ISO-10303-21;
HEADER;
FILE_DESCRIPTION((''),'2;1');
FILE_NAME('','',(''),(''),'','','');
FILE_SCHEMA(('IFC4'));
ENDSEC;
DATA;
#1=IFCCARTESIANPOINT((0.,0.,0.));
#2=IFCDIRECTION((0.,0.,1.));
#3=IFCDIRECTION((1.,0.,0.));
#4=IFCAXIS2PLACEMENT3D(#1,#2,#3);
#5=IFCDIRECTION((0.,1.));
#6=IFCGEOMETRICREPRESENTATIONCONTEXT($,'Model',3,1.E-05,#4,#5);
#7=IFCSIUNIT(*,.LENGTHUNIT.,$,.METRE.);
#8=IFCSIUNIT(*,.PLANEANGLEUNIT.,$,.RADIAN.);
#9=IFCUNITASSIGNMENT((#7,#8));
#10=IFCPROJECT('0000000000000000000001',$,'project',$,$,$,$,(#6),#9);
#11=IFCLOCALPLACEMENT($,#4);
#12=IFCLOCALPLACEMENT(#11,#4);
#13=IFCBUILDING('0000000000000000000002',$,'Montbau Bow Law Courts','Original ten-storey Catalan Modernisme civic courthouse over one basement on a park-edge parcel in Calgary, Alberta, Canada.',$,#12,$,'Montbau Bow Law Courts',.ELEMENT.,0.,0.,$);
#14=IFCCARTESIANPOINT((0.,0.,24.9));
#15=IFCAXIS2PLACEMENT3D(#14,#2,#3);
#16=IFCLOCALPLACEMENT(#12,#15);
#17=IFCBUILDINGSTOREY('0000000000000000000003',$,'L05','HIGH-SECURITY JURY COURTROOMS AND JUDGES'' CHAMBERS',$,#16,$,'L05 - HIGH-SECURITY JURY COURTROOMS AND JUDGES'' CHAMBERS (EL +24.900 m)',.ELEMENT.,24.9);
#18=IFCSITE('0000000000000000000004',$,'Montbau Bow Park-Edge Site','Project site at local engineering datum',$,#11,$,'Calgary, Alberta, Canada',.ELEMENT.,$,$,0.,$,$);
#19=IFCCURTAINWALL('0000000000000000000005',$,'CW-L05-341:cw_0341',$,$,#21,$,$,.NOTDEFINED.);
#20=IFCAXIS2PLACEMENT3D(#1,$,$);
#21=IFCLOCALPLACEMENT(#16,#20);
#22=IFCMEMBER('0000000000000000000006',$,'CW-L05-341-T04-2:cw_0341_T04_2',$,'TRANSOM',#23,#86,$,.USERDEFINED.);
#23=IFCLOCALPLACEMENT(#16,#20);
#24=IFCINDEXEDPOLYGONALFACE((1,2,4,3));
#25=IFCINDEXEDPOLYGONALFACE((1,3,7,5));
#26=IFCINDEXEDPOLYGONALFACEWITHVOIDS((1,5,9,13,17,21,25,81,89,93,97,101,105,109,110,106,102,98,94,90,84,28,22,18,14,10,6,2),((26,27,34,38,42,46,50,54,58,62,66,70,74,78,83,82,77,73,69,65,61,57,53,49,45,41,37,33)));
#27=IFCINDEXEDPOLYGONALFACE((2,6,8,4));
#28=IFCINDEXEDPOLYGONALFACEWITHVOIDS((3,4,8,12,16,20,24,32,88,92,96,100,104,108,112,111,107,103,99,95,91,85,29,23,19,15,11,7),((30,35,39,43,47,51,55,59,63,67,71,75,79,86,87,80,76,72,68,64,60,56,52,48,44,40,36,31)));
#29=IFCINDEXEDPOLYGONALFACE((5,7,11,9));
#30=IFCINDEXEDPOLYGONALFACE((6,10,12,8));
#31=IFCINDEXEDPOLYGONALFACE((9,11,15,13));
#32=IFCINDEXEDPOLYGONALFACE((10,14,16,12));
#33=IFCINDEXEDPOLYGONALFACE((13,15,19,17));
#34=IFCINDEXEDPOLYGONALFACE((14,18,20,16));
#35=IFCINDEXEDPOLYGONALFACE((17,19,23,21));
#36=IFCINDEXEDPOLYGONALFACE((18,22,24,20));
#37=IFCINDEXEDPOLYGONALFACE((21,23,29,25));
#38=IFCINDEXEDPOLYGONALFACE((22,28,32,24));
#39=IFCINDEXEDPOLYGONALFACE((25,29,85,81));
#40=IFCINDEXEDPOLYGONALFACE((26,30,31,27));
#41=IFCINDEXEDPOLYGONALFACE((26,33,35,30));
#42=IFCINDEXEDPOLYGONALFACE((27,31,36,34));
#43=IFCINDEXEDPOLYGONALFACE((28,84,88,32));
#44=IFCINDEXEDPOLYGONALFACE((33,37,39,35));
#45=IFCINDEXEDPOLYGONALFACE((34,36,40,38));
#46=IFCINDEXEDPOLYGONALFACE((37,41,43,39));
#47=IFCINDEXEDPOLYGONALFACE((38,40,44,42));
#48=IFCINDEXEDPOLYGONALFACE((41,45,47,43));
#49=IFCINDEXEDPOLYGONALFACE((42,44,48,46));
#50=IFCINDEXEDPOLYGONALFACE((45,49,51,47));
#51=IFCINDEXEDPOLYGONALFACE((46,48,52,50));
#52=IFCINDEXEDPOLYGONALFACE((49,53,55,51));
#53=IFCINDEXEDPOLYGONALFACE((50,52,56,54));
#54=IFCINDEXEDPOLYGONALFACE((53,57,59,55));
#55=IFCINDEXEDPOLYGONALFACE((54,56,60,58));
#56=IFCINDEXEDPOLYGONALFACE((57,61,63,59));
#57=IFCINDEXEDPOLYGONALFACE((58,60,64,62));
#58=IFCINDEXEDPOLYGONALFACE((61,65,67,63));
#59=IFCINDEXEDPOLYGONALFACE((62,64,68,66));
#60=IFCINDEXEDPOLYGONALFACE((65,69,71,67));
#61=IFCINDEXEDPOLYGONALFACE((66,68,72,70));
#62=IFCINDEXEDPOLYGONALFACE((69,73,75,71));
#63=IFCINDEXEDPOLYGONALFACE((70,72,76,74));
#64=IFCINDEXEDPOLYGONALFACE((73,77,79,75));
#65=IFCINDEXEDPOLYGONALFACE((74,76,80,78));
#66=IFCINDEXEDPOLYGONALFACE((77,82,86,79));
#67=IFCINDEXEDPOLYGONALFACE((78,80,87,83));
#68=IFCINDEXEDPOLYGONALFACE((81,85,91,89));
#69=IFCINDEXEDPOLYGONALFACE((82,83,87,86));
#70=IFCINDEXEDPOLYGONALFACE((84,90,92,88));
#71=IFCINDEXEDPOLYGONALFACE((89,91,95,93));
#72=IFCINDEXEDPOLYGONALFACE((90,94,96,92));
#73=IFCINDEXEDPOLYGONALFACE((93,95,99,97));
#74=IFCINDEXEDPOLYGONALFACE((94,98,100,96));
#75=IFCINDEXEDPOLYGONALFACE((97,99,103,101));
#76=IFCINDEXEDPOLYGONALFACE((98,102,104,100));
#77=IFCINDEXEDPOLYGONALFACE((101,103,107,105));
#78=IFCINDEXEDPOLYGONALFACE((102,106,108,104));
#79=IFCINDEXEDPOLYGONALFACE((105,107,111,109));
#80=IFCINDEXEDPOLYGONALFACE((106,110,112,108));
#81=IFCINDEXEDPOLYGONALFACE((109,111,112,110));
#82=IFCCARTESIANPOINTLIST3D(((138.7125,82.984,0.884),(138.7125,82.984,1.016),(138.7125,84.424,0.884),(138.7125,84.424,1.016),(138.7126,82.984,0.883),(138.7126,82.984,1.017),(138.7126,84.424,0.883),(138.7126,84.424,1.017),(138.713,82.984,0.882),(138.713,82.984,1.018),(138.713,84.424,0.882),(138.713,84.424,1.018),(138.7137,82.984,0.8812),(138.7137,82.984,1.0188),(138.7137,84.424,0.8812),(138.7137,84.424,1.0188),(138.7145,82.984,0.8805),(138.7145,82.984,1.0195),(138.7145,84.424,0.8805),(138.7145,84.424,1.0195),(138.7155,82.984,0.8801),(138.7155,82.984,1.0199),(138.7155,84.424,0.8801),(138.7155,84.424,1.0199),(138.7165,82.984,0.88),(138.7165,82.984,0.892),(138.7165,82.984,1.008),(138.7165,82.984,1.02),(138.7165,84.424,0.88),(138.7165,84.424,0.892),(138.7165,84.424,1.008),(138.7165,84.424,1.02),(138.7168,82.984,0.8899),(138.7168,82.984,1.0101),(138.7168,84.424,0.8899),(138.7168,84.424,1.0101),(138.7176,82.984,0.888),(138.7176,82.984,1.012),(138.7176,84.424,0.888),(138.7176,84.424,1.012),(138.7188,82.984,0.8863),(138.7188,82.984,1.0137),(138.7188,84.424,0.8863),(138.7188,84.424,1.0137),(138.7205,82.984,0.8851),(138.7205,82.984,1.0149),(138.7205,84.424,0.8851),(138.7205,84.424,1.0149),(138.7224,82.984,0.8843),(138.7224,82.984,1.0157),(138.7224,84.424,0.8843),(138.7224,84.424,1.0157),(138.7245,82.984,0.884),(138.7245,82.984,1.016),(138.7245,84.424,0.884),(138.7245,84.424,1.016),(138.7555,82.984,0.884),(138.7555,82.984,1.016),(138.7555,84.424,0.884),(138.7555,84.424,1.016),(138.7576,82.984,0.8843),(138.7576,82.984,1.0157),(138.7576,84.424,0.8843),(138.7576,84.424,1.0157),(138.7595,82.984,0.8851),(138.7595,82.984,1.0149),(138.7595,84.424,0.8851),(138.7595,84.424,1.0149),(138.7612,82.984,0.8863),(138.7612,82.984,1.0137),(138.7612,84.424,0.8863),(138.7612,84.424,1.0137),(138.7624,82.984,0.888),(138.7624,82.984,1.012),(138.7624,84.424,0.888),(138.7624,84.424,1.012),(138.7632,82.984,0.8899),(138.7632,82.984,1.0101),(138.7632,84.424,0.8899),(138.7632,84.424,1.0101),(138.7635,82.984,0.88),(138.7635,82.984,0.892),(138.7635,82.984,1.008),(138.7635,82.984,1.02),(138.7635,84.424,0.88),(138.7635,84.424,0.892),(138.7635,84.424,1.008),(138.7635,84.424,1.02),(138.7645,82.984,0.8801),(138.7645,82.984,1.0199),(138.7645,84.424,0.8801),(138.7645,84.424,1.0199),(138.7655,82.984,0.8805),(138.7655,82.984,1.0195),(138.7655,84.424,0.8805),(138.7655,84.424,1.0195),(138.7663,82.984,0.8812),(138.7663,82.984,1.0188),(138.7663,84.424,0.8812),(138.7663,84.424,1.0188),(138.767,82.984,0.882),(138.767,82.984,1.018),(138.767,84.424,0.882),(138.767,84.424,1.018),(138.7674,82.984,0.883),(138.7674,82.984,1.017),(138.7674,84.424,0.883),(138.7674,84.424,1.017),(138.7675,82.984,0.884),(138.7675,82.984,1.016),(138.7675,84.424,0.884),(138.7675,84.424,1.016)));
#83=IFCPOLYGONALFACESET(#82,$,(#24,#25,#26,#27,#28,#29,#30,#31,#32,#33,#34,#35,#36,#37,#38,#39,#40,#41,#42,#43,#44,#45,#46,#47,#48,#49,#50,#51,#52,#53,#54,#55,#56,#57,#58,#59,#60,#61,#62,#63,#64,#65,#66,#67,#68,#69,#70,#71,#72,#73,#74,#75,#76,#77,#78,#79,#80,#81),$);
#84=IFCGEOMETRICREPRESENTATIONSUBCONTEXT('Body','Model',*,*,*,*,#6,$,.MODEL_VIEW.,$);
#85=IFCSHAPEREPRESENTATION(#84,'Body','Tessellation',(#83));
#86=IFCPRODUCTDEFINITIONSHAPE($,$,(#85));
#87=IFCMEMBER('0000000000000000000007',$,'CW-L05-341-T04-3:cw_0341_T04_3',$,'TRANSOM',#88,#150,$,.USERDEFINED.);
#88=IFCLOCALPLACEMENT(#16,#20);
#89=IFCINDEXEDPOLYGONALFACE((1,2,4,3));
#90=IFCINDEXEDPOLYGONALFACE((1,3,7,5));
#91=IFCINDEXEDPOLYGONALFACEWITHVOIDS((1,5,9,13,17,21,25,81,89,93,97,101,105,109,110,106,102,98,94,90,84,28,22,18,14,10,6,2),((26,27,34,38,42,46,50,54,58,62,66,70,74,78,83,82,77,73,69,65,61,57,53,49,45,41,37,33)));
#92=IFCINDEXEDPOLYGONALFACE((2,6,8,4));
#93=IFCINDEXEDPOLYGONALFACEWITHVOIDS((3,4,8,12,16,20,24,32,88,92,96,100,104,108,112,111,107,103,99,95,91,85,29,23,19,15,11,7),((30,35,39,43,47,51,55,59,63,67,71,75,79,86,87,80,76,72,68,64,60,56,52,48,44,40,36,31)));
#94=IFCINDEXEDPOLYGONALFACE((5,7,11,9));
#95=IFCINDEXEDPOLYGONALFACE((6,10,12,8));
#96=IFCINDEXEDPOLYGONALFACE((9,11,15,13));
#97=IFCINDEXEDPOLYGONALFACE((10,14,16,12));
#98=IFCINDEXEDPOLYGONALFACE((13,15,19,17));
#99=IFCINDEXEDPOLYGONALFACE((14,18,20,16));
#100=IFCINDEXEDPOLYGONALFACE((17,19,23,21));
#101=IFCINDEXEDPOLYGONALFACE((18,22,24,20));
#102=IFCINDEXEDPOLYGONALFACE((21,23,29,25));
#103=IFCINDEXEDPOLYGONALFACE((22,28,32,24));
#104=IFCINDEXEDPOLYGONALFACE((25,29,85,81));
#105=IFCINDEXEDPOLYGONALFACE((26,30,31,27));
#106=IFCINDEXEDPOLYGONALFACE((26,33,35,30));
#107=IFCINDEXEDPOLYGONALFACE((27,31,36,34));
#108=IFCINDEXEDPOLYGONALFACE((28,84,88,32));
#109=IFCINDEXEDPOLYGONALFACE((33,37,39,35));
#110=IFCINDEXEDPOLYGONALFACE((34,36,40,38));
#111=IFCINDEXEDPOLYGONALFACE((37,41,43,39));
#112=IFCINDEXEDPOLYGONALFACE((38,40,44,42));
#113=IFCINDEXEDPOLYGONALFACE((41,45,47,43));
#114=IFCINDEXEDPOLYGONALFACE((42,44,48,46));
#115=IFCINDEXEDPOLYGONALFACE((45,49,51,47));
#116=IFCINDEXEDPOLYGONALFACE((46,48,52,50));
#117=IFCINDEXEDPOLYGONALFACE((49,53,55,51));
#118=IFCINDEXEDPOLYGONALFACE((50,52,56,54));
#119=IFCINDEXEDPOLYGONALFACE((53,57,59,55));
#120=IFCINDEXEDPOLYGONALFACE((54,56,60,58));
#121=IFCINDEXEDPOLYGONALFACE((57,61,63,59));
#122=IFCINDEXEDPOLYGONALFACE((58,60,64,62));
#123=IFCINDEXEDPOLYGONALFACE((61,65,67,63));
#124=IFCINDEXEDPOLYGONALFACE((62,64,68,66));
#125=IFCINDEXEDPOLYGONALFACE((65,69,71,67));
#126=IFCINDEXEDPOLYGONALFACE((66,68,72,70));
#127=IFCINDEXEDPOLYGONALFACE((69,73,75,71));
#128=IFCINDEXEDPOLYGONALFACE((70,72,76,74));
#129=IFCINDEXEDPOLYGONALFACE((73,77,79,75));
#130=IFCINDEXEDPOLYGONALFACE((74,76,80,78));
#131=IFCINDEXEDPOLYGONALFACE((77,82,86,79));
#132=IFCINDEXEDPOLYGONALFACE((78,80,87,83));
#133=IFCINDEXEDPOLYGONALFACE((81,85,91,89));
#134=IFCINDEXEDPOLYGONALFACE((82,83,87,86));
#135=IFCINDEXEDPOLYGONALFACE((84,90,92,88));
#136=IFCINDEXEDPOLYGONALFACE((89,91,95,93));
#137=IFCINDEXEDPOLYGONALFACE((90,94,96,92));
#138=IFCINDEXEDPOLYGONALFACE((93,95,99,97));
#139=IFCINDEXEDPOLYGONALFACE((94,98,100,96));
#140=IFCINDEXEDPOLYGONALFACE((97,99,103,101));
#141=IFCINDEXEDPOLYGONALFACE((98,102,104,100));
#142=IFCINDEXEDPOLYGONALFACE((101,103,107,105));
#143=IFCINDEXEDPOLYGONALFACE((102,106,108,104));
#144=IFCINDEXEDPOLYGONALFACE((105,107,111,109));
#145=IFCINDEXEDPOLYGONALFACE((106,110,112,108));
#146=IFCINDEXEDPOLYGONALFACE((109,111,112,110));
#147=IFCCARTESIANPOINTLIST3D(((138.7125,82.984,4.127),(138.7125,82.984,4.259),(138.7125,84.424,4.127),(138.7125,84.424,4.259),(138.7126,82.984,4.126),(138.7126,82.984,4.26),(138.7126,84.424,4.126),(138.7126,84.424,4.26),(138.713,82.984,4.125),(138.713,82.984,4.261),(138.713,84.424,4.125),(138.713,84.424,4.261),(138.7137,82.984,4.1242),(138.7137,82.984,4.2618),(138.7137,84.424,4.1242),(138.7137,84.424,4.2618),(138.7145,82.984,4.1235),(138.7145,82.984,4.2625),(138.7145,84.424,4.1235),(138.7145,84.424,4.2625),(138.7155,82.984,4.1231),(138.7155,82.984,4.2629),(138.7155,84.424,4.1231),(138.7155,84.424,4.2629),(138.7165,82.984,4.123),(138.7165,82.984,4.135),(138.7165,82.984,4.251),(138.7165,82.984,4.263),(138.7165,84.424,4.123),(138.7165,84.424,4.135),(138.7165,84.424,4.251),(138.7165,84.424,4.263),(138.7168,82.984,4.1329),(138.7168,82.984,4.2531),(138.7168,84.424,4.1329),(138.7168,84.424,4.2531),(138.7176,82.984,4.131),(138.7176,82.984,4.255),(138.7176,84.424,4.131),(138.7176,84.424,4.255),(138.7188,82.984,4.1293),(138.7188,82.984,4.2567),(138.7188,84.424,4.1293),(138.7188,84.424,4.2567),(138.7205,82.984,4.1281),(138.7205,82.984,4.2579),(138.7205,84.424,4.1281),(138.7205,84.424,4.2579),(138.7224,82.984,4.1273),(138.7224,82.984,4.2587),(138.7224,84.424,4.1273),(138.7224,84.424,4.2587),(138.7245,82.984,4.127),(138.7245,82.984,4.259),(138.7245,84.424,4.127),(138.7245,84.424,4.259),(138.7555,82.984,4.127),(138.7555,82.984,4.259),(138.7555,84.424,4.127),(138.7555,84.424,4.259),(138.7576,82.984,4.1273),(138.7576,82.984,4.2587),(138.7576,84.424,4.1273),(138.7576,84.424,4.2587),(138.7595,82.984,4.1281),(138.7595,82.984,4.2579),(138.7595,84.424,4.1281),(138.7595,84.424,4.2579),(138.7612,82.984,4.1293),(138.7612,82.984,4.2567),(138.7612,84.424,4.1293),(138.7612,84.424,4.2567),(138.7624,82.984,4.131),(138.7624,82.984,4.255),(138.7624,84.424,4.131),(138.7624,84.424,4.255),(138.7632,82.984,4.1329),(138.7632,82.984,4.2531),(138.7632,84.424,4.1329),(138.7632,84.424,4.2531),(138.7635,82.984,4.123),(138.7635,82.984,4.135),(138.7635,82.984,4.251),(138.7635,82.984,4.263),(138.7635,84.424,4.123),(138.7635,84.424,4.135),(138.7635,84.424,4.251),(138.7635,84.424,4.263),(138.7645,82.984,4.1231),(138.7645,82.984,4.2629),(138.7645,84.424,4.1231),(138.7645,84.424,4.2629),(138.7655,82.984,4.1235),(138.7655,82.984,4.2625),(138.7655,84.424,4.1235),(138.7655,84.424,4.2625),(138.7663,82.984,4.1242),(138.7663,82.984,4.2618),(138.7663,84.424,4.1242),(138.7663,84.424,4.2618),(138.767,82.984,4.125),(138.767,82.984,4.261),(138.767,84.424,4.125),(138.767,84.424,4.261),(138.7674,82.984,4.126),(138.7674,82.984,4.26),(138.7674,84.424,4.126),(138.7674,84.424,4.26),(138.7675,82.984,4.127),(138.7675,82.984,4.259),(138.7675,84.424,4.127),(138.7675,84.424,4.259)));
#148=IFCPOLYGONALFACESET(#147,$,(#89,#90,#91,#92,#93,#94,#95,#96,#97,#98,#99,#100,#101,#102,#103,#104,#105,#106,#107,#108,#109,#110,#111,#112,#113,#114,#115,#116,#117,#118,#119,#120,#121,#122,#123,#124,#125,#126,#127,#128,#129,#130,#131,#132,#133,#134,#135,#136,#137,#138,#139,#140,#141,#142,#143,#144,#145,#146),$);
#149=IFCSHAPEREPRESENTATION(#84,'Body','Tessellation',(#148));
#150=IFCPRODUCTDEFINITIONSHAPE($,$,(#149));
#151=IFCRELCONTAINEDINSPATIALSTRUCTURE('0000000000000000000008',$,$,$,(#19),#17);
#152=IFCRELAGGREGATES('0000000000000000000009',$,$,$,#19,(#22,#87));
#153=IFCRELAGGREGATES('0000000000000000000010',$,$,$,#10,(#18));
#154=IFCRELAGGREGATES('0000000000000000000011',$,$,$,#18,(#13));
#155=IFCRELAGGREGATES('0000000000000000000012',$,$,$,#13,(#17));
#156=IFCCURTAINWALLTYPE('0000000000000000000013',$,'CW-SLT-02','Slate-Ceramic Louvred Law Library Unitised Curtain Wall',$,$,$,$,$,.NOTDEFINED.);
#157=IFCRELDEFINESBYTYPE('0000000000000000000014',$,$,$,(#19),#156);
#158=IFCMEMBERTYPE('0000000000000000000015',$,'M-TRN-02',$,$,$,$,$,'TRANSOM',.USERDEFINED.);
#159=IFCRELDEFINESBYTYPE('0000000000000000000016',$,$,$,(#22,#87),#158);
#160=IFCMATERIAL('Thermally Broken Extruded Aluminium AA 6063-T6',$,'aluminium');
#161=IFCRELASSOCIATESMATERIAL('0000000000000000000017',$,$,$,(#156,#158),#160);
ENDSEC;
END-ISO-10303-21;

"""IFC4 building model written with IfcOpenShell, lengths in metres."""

from ifc_helpers import new_model, si_unit, direction, frame, origin_with_axes, origin_2d_with_axis, place, context, subcontext, project, spatial, hollow_rectangle, extrude, material, material_profile, profile_set, type_object, element, aggregate, save


model = new_model("IFC4")

# Units and contexts
model_context = context("Model", 3, precision=1e-05, world=origin_with_axes(), true_north=direction((0.0, 1.0)))
body_context = subcontext(model_context, "Body", "Model", "MODEL_VIEW")
ifc_project = project(units=[si_unit("LENGTHUNIT", "METRE"), si_unit("PLANEANGLEUNIT", "RADIAN")], contexts=[model_context])

# Site, building, storey
site_placement = place(None, origin_with_axes())
site = spatial("IfcSite", under=ifc_project, at=site_placement, Name="Montbau Bow Park-Edge Site", Description="Project site at local engineering datum", LongName="Calgary, Alberta, Canada", CompositionType="ELEMENT", RefElevation=0.0)
building_placement = place(site_placement, origin_with_axes())
building = spatial("IfcBuilding", under=site, at=building_placement, Name="Montbau Bow Law Courts", Description="Original ten-storey Catalan Modernisme civic courthouse over one basement on a park-edge parcel in Calgary, Alberta, Canada.", LongName="Montbau Bow Law Courts", CompositionType="ELEMENT", ElevationOfRefHeight=0.0, ElevationOfTerrain=0.0)
storey_placement = place(building_placement, frame((0.0, 0.0, 24.9), z_axis=(0.0, 0.0, 1.0), x_axis=(1.0, 0.0, 0.0)))
storey = spatial("IfcBuildingStorey", under=building, at=storey_placement, Name="L05", Description="HIGH-SECURITY JURY COURTROOMS AND JUDGES' CHAMBERS", LongName="L05 - HIGH-SECURITY JURY COURTROOMS AND JUDGES' CHAMBERS (EL +24.900 m)", CompositionType="ELEMENT", Elevation=24.9)

# Curtain wall, members
ifc_material_1 = material(Name="Thermally Broken Extruded Aluminium AA 6063-T6", Category="aluminium")
curtain_wall_type = type_object("IfcCurtainWallType", Name="CW-SLT-02", Description="Slate-Ceramic Louvred Law Library Unitised Curtain Wall", PredefinedType="NOTDEFINED", material=ifc_material_1)
curtain_wall_placement = place(None, frame((138.74, 78.44, 24.9), z_axis=(0.0, 0.0, 1.0), x_axis=(1.0, 0.0, 0.0)))
curtain_wall = element("IfcCurtainWall", 1, at=curtain_wall_placement, inside=storey, type_object=curtain_wall_type, Name="CW-L05-341:cw_0341", PredefinedType="NOTDEFINED")
ifc_material_profile_1 = material_profile(ifc_material_1, hollow_rectangle(XDim=0.055, YDim=0.14, WallThickness=0.004, InnerFilletRadius=0.008, OuterFilletRadius=0.004, at=origin_2d_with_axis()), Name="CWT-140X55", Category="Main", Priority=0)
ifc_profile_set_1 = profile_set([ifc_material_profile_1], Name="Thermally Broken Extruded Aluminium AA 6063-T6")
member_type_1 = type_object("IfcMemberType", Name="M-TRN-02", ElementType="TRANSOM", PredefinedType="USERDEFINED", material=ifc_profile_set_1)
member_1_placement = place(None, frame((138.74, 82.984, 25.85), z_axis=(0.0, 1.0, 0.0), x_axis=(-1.0, 0.0, 0.0)))
member_1 = element("IfcMember", 2, at=member_1_placement, type_object=member_type_1, Name="CW-L05-341-T04-2:cw_0341_T04_2", ObjectType="TRANSOM", PredefinedType="USERDEFINED", context=body_context, shape_type="SweptSolid", body=[
    extrude(hollow_rectangle(XDim=0.055, YDim=0.14, WallThickness=0.004, InnerFilletRadius=0.008, OuterFilletRadius=0.004, at=origin_2d_with_axis()), origin_with_axes(), (0.0, 0.0, 1.0), 1.44),
])
member_2_placement = place(None, frame((138.74, 82.984, 29.093), z_axis=(0.0, 1.0, 0.0), x_axis=(-1.0, 0.0, 0.0)))
member_2 = element("IfcMember", 3, at=member_2_placement, type_object=member_type_1, Name="CW-L05-341-T04-3:cw_0341_T04_3", ObjectType="TRANSOM", PredefinedType="USERDEFINED", context=body_context, shape_type="SweptSolid", body=[
    extrude(hollow_rectangle(XDim=0.055, YDim=0.14, WallThickness=0.004, InnerFilletRadius=0.008, OuterFilletRadius=0.004, at=origin_2d_with_axis()), origin_with_axes(), (0.0, 0.0, 1.0), 1.44),
])
aggregate(curtain_wall, [member_1, member_2])

save(model, "model.ifc")
